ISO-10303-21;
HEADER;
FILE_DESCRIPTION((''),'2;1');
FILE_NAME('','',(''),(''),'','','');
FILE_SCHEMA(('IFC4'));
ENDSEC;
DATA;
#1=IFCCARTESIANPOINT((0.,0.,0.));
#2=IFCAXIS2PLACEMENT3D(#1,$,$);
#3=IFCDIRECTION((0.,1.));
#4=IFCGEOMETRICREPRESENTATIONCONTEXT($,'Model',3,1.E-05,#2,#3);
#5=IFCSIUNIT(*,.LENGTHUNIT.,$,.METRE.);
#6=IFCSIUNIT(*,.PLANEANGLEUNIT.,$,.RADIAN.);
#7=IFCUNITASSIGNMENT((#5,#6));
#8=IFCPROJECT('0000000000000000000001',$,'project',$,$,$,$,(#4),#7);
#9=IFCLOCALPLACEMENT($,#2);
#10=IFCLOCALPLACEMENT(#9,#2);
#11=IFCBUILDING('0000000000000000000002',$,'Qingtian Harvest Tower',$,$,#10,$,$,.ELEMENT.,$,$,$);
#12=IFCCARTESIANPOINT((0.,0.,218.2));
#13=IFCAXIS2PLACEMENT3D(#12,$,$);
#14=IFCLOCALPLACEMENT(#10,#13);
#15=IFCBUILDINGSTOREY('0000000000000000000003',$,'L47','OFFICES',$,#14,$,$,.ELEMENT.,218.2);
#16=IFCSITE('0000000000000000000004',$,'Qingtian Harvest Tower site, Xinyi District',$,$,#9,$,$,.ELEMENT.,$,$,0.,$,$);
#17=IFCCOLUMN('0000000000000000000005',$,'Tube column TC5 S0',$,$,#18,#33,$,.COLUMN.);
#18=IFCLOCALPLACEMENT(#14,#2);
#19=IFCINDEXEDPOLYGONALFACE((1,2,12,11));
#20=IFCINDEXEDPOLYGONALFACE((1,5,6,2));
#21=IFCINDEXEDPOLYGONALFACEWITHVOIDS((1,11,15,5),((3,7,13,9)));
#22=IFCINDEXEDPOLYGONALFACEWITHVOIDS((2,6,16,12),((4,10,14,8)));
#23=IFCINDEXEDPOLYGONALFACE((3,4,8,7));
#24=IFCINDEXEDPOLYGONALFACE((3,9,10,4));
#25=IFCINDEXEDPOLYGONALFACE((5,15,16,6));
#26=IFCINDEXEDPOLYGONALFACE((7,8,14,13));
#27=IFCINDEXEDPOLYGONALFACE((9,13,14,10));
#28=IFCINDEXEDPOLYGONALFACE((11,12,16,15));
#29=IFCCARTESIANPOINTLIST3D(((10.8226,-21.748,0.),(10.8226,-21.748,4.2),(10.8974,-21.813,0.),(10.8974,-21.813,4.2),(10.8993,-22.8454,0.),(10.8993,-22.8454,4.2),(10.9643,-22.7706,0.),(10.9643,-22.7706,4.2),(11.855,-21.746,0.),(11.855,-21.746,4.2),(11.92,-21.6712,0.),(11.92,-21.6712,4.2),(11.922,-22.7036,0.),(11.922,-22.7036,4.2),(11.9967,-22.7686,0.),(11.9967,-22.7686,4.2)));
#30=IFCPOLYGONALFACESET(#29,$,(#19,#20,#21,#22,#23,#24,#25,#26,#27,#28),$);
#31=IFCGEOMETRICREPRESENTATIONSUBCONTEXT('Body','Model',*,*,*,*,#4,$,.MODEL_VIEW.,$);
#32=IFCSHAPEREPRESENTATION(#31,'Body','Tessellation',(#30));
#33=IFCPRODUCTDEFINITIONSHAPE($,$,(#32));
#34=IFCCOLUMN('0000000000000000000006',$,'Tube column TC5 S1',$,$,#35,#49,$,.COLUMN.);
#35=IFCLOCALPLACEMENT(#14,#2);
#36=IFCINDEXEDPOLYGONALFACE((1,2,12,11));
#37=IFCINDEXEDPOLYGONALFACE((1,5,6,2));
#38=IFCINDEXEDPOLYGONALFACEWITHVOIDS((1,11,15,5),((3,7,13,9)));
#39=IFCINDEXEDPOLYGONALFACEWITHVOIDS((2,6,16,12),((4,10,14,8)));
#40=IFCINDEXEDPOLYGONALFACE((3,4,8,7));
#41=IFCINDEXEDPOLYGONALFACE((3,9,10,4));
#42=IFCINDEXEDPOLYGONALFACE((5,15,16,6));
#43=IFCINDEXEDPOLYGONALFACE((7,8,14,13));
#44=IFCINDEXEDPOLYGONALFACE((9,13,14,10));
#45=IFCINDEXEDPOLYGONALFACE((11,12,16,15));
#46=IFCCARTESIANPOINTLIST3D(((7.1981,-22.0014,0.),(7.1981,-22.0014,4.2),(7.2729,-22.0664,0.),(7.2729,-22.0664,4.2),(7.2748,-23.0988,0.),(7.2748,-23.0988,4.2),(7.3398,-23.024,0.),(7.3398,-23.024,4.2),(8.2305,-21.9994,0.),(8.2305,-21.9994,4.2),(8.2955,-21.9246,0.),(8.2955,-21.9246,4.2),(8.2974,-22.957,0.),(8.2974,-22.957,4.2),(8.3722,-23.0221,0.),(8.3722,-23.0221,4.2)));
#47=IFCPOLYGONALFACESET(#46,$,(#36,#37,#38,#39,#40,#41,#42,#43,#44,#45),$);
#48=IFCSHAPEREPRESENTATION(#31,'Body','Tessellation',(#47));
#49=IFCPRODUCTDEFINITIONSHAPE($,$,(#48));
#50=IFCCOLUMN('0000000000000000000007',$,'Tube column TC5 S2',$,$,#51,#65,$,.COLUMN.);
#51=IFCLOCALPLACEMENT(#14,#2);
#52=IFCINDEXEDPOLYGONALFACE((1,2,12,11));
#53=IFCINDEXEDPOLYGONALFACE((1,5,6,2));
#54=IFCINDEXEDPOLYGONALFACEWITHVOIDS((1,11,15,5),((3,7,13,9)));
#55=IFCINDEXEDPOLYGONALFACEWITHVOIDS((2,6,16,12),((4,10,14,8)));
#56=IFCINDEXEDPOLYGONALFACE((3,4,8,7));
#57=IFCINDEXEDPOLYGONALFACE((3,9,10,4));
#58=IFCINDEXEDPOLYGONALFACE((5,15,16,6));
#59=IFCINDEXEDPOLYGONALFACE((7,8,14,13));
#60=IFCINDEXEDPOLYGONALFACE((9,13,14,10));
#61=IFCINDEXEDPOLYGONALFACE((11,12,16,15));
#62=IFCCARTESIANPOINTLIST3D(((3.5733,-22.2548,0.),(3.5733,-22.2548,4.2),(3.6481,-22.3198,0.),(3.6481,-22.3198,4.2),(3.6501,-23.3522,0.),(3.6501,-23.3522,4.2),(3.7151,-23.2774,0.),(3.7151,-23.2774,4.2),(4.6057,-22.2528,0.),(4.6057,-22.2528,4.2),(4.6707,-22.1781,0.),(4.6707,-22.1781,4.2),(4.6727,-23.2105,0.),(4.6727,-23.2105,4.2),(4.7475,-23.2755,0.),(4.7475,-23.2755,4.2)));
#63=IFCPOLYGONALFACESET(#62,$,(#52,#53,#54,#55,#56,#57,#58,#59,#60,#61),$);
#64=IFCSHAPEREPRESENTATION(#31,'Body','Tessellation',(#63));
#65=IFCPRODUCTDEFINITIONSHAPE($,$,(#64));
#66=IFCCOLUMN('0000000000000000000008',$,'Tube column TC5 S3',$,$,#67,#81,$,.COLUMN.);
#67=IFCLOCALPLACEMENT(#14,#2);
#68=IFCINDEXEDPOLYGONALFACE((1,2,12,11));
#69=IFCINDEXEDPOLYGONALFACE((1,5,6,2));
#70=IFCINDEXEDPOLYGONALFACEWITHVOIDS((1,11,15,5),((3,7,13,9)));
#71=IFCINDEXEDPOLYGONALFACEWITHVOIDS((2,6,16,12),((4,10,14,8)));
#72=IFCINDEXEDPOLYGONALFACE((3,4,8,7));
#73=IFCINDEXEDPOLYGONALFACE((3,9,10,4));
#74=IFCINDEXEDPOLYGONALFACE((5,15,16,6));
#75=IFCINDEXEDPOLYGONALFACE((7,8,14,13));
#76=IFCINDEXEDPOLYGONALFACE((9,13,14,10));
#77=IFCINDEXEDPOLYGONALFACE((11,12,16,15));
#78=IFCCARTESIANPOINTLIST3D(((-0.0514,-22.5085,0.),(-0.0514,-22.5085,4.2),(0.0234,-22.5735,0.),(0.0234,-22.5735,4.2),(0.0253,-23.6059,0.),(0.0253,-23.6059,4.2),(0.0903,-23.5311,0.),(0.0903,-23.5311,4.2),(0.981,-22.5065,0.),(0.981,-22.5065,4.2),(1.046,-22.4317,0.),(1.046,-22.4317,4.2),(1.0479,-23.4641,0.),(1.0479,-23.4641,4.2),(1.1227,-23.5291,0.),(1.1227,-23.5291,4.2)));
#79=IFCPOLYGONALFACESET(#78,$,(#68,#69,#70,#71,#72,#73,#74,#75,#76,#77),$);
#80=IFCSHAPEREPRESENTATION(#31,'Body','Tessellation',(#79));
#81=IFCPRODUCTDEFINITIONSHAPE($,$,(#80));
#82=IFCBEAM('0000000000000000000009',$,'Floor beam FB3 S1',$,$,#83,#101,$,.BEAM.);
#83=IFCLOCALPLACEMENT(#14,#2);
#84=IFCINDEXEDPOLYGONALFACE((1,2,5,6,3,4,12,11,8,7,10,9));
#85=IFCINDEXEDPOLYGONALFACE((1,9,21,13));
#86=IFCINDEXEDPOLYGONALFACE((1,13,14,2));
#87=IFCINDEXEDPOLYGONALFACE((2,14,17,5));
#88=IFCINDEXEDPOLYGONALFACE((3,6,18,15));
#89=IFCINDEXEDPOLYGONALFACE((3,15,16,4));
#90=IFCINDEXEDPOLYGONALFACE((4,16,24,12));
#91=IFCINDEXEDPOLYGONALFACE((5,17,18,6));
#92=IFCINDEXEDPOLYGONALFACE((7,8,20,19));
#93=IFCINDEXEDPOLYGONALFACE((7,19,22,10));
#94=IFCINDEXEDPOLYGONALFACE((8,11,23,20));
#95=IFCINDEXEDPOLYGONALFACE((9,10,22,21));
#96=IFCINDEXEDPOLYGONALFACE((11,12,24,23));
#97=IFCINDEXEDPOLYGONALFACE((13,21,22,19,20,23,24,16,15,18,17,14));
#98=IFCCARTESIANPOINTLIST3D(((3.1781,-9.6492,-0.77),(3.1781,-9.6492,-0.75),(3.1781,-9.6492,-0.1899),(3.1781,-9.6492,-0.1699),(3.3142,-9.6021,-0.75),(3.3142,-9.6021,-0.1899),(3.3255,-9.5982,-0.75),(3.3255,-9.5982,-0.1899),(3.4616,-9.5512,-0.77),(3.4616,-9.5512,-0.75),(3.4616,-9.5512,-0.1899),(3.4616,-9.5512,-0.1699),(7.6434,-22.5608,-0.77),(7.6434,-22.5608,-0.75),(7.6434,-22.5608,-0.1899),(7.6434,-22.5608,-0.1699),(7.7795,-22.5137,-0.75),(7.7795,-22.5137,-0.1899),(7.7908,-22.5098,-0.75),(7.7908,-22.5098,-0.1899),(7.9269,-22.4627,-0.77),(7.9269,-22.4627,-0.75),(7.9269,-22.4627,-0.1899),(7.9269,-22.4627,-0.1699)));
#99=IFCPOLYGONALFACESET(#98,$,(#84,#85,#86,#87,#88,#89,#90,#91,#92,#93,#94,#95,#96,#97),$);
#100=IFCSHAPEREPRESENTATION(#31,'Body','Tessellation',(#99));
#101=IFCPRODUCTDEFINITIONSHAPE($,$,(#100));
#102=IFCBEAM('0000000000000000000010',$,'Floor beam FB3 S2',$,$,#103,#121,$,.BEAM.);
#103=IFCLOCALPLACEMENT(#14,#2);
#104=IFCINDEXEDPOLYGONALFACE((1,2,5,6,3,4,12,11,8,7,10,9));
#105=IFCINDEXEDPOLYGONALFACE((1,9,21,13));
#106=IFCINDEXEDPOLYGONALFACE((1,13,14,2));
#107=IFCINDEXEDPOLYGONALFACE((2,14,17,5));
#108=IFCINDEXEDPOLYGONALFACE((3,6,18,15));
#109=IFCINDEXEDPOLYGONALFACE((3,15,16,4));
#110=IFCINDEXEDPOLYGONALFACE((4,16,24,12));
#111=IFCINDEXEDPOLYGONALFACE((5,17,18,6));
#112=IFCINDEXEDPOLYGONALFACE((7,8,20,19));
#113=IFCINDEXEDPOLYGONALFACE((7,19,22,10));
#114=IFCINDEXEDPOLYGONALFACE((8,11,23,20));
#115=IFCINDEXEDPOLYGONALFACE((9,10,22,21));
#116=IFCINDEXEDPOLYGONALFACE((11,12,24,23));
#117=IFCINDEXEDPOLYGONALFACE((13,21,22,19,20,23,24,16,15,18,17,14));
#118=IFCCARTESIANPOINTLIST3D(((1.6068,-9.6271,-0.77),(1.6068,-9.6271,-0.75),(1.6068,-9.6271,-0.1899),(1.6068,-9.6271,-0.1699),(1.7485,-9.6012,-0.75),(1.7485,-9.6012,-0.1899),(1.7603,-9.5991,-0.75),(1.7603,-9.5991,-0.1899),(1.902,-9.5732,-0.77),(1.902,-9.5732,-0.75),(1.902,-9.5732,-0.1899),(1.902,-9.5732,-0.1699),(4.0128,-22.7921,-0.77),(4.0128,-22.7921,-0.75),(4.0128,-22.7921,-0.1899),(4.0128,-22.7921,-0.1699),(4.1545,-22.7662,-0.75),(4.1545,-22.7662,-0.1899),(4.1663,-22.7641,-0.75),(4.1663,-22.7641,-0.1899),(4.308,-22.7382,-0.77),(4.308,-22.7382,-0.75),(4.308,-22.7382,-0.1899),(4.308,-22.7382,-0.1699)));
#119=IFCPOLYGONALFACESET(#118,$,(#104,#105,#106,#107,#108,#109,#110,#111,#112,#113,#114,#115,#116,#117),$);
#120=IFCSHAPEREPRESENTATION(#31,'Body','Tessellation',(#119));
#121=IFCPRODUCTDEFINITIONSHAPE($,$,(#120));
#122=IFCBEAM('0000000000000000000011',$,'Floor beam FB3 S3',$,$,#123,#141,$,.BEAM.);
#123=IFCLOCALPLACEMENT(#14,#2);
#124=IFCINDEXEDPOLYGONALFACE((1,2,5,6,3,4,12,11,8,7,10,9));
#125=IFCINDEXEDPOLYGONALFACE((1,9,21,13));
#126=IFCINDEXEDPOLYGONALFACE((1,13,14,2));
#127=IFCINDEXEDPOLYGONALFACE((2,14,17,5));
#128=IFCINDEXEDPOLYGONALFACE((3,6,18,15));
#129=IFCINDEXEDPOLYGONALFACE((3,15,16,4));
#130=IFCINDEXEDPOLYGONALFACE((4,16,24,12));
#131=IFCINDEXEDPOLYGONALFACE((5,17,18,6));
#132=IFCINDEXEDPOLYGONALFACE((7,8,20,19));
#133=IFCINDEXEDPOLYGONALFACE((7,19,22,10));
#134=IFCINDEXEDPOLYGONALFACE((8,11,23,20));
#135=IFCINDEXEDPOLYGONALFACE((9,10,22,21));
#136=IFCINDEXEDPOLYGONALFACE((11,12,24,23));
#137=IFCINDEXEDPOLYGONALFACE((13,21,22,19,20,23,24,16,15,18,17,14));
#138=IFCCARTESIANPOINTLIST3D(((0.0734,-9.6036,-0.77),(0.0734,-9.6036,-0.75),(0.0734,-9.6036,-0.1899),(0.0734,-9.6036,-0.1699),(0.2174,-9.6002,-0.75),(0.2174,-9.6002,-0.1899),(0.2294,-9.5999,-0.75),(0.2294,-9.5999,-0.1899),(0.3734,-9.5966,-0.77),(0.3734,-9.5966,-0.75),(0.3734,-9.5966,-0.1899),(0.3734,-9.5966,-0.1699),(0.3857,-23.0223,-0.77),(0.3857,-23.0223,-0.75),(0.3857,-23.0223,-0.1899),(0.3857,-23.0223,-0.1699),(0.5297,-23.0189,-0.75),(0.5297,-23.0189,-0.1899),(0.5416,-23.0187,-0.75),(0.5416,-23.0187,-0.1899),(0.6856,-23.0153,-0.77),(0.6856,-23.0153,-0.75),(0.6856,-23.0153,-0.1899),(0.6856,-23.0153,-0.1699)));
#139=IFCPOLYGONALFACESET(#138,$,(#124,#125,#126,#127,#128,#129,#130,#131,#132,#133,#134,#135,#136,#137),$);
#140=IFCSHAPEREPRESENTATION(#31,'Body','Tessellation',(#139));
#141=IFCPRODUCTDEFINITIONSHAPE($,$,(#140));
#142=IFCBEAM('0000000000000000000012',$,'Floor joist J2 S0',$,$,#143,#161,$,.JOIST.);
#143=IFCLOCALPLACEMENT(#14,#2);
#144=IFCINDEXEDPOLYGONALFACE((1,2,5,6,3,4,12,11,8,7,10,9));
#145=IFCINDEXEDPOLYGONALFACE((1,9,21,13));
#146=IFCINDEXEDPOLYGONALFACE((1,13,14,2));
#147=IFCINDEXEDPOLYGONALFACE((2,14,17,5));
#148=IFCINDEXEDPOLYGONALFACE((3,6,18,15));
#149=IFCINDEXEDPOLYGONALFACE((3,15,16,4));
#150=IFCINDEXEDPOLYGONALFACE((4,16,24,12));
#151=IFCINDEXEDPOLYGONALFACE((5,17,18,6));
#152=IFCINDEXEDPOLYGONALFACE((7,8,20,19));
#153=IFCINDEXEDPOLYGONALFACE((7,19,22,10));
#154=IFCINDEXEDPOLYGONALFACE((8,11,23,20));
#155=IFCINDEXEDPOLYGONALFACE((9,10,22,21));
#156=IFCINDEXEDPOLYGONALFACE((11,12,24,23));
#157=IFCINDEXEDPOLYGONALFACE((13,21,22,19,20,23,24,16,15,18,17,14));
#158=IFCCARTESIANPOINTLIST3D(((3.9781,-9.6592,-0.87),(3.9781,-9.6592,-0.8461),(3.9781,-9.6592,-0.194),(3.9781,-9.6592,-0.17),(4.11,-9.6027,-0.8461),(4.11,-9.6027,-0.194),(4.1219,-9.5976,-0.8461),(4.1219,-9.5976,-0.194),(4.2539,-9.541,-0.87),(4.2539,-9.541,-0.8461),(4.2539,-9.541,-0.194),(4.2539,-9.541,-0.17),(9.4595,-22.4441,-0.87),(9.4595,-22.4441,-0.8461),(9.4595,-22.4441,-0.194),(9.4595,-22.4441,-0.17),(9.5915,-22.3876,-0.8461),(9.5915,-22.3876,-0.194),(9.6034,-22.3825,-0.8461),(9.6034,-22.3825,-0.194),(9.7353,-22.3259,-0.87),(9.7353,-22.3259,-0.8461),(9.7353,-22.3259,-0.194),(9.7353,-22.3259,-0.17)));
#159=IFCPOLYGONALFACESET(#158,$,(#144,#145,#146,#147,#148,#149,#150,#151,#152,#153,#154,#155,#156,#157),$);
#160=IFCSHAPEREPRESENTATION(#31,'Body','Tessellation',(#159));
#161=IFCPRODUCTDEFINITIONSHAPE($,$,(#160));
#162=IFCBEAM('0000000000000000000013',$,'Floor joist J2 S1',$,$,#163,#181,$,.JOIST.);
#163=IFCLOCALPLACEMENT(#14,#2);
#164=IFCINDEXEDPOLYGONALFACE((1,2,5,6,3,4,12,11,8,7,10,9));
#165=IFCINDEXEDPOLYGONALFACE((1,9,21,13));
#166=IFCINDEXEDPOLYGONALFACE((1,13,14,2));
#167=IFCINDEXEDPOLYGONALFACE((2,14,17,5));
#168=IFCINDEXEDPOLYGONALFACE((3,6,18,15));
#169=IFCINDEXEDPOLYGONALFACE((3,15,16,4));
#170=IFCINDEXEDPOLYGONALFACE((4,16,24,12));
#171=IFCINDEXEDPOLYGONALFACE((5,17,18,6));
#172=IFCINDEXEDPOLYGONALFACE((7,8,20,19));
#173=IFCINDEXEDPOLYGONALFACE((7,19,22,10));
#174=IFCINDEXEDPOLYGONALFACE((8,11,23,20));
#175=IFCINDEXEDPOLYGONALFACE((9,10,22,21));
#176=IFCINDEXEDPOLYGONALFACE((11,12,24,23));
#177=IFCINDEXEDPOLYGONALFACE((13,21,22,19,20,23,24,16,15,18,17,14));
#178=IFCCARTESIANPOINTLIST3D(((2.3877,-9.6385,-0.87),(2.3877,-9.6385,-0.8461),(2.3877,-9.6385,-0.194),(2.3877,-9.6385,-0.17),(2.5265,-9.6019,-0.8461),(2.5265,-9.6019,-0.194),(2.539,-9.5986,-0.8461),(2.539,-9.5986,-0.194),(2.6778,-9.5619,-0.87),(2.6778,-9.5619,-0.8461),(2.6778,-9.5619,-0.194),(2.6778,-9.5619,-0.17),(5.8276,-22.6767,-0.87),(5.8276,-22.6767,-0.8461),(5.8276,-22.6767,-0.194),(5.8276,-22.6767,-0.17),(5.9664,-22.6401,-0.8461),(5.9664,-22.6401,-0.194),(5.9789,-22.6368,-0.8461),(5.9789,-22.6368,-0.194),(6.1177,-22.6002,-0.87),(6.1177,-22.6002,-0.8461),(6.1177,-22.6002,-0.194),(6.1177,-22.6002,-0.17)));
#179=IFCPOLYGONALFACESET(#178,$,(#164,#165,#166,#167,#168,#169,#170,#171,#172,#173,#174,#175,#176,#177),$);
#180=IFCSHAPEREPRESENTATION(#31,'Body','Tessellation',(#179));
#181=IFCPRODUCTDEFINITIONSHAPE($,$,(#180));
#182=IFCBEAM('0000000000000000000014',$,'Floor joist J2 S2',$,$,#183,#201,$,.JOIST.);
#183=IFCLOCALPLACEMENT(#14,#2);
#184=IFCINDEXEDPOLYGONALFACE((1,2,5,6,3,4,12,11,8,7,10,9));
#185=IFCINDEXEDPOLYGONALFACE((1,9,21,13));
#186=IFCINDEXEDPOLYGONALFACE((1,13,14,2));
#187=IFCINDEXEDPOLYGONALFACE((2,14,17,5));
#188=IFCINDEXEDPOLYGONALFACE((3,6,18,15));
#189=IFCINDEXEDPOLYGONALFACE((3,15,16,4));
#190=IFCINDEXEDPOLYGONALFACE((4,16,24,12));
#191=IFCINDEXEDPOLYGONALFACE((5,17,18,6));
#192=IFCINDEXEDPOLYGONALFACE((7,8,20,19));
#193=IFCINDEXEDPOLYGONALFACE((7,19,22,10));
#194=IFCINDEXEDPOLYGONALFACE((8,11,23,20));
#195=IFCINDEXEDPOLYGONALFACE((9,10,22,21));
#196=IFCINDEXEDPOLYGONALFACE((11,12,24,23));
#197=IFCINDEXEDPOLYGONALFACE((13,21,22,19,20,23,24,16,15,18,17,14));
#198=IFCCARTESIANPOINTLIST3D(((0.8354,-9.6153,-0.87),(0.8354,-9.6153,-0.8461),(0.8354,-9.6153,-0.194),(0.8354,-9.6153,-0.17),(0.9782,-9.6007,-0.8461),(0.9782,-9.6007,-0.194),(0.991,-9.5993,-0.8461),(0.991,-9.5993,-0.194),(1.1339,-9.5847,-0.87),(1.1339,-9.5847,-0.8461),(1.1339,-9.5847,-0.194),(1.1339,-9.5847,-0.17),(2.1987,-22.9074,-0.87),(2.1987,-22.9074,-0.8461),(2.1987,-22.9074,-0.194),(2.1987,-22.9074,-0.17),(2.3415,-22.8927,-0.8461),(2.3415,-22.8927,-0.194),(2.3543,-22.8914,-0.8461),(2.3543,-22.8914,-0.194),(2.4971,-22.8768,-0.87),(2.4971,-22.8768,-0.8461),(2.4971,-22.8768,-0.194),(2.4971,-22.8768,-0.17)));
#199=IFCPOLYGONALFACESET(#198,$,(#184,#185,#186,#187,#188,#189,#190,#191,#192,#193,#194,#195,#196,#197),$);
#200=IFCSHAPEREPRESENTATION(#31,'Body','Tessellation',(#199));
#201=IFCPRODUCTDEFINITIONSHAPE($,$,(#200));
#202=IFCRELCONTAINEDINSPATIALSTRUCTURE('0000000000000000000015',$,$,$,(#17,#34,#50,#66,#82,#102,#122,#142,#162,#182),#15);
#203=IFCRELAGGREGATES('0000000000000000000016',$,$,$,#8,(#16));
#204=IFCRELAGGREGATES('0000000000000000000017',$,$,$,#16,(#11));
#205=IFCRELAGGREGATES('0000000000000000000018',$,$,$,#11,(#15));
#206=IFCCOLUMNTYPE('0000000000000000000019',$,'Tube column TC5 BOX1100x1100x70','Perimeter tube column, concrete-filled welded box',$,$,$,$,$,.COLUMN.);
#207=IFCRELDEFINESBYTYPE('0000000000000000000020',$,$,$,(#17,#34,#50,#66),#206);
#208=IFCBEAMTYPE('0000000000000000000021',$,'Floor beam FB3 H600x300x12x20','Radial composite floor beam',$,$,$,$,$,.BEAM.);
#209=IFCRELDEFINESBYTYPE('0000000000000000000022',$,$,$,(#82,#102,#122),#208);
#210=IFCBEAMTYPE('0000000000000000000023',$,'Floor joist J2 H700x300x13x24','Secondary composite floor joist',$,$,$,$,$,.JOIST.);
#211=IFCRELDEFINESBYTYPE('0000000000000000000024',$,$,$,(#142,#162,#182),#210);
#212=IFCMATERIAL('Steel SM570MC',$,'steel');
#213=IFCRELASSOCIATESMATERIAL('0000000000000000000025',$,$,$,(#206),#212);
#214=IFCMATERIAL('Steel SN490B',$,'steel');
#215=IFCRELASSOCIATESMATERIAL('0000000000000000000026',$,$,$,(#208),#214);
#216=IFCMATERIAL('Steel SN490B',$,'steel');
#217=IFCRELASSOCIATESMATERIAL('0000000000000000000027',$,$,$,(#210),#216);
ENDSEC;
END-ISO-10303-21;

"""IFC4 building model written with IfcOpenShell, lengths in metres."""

from ifc_helpers import new_model, si_unit, direction, frame, origin, origin_2d, place, context, subcontext, project, spatial, hollow_rectangle, i_section, extrude, material, material_profile, profile_set, type_object, element, save


model = new_model("IFC4")

# Units and contexts
model_context = context("Model", 3, precision=1e-05, world=origin(), true_north=direction((0.0, 1.0)))
body_context = subcontext(model_context, "Body", "Model", "MODEL_VIEW")
ifc_project = project(units=[si_unit("LENGTHUNIT", "METRE"), si_unit("PLANEANGLEUNIT", "RADIAN")], contexts=[model_context])

# Site, building, storey
site_placement = place(None, origin())
site = spatial("IfcSite", under=ifc_project, at=site_placement, Name="Qingtian Harvest Tower site, Xinyi District", CompositionType="ELEMENT", RefElevation=0.0)
building_placement = place(site_placement, origin())
building = spatial("IfcBuilding", under=site, at=building_placement, Name="Qingtian Harvest Tower", CompositionType="ELEMENT")
storey_placement = place(building_placement, frame((0.0, 0.0, 218.2)))
storey = spatial("IfcBuildingStorey", under=building, at=storey_placement, Name="L47", Description="OFFICES", CompositionType="ELEMENT", Elevation=218.2)

# Columns
ifc_material_1 = material(Name="Steel SM570MC", Category="steel")
ifc_material_profile_1 = material_profile(ifc_material_1, hollow_rectangle(XDim=1.1001, YDim=1.1001, WallThickness=0.0701, at=origin_2d()), Name="BOX1100x1100x70")
ifc_profile_set_1 = profile_set([ifc_material_profile_1], Name="Steel SM570MC")
column_type = type_object("IfcColumnType", Name="Tube column TC5 BOX1100x1100x70", Description="Perimeter tube column, concrete-filled welded box", PredefinedType="COLUMN", material=ifc_profile_set_1)
for number, where, z_axis, x_axis, name in (
    (1, (11.4097, -22.2583, 0.0), (0.0, 0.0, 1.0), (0.997564, 0.069756, 0.0), "Tube column TC5 S0"),
    (2, (7.7852, -22.5117, 0.0), (0.0, 0.0, 1.0), (0.997564, 0.069756, 0.0), "Tube column TC5 S1"),
    (3, (4.1604, -22.7651, 0.0), (0.0, 0.0, 1.0), (0.997564, 0.069756, 0.0), "Tube column TC5 S2"),
    (4, (0.5356, -23.0188, 0.0), (0.0, 0.0, 1.0), (0.997564, 0.069756, 0.0), "Tube column TC5 S3"),
):
    element("IfcColumn", number, at=place(storey_placement, frame(where, z_axis=z_axis, x_axis=x_axis)), inside=storey, type_object=column_type, Name=name, PredefinedType="COLUMN", context=body_context, shape_type="SweptSolid", body=[
        extrude(hollow_rectangle(XDim=1.1001, YDim=1.1001, WallThickness=0.0701, at=origin_2d()), origin(), (0.0, 0.0, 1.0), 4.2),
    ])

# Beams
ifc_material_2 = material(Name="Steel SN490B", Category="steel")
ifc_material_profile_2 = material_profile(ifc_material_2, i_section(OverallWidth=0.3, OverallDepth=0.6001, WebThickness=0.012, FlangeThickness=0.02, at=origin_2d()), Name="H600x300x12x20")
ifc_profile_set_2 = profile_set([ifc_material_profile_2], Name="Steel SN490B")
beam_type_1 = type_object("IfcBeamType", Name="Floor beam FB3 H600x300x12x20", Description="Radial composite floor beam", PredefinedType="BEAM", material=ifc_profile_set_2)
beam_1_placement = place(storey_placement, frame((7.7852, -22.5117, -0.47), z_axis=(-0.326844, 0.945078, 0.0), x_axis=(-0.945078, -0.326844, 0.0)))
element("IfcBeam", 5, at=beam_1_placement, inside=storey, type_object=beam_type_1, Name="Floor beam FB3 S1", PredefinedType="BEAM", context=body_context, shape_type="SweptSolid", body=[
    extrude(i_section(OverallWidth=0.3, OverallDepth=0.6001, WebThickness=0.012, FlangeThickness=0.02, at=origin_2d()), origin(), (0.0, 0.0, 1.0), 13.6619),
])
beam_2_placement = place(storey_placement, frame((4.1604, -22.7651, -0.47), z_axis=(-0.17978, 0.983707, 0.0), x_axis=(-0.983707, -0.17978, 0.0)))
element("IfcBeam", 6, at=beam_2_placement, inside=storey, type_object=beam_type_1, Name="Floor beam FB3 S2", PredefinedType="BEAM", context=body_context, shape_type="SweptSolid", body=[
    extrude(i_section(OverallWidth=0.3, OverallDepth=0.6001, WebThickness=0.012, FlangeThickness=0.02, at=origin_2d()), origin(), (0.0, 0.0, 1.0), 13.3831),
])
beam_3_placement = place(storey_placement, frame((0.5356, -23.0188, -0.47), z_axis=(-0.023264, 0.999729, 0.0), x_axis=(-0.999729, -0.023264, 0.0)))
element("IfcBeam", 7, at=beam_3_placement, inside=storey, type_object=beam_type_1, Name="Floor beam FB3 S3", PredefinedType="BEAM", context=body_context, shape_type="SweptSolid", body=[
    extrude(i_section(OverallWidth=0.3, OverallDepth=0.6001, WebThickness=0.012, FlangeThickness=0.02, at=origin_2d()), origin(), (0.0, 0.0, 1.0), 13.4224),
])
ifc_material_3 = material(Name="Steel SN490B", Category="steel")
ifc_material_profile_3 = material_profile(ifc_material_3, i_section(OverallWidth=0.3, OverallDepth=0.7, WebThickness=0.0129, FlangeThickness=0.0239, at=origin_2d()), Name="H700x300x13x24")
ifc_profile_set_3 = profile_set([ifc_material_profile_3], Name="Steel SN490B")
beam_type_2 = type_object("IfcBeamType", Name="Floor joist J2 H700x300x13x24", Description="Secondary composite floor joist", PredefinedType="JOIST", material=ifc_profile_set_3)
beam_4_placement = place(storey_placement, frame((9.5974, -22.385, -0.52), z_axis=(-0.394053, 0.919088, 0.0), x_axis=(-0.919088, -0.394053, 0.0)))
element("IfcBeam", 8, at=beam_4_placement, inside=storey, type_object=beam_type_2, Name="Floor joist J2 S0", PredefinedType="JOIST", context=body_context, shape_type="SweptSolid", body=[
    extrude(i_section(OverallWidth=0.3, OverallDepth=0.7, WebThickness=0.0129, FlangeThickness=0.0239, at=origin_2d()), origin(), (0.0, 0.0, 1.0), 13.9104),
])
beam_5_placement = place(storey_placement, frame((5.9727, -22.6384, -0.52), z_axis=(-0.255104, 0.966914, 0.0), x_axis=(-0.966914, -0.255104, 0.0)))
element("IfcBeam", 9, at=beam_5_placement, inside=storey, type_object=beam_type_2, Name="Floor joist J2 S1", PredefinedType="JOIST", context=body_context, shape_type="SweptSolid", body=[
    extrude(i_section(OverallWidth=0.3, OverallDepth=0.7, WebThickness=0.0129, FlangeThickness=0.0239, at=origin_2d()), origin(), (0.0, 0.0, 1.0), 13.4844),
])
beam_6_placement = place(storey_placement, frame((2.3479, -22.8921, -0.52), z_axis=(-0.102029, 0.994781, 0.0), x_axis=(-0.994781, -0.102029, 0.0)))
element("IfcBeam", 10, at=beam_6_placement, inside=storey, type_object=beam_type_2, Name="Floor joist J2 S2", PredefinedType="JOIST", context=body_context, shape_type="SweptSolid", body=[
    extrude(i_section(OverallWidth=0.3, OverallDepth=0.7, WebThickness=0.0129, FlangeThickness=0.0239, at=origin_2d()), origin(), (0.0, 0.0, 1.0), 13.3618),
])

save(model, "model.ifc")
